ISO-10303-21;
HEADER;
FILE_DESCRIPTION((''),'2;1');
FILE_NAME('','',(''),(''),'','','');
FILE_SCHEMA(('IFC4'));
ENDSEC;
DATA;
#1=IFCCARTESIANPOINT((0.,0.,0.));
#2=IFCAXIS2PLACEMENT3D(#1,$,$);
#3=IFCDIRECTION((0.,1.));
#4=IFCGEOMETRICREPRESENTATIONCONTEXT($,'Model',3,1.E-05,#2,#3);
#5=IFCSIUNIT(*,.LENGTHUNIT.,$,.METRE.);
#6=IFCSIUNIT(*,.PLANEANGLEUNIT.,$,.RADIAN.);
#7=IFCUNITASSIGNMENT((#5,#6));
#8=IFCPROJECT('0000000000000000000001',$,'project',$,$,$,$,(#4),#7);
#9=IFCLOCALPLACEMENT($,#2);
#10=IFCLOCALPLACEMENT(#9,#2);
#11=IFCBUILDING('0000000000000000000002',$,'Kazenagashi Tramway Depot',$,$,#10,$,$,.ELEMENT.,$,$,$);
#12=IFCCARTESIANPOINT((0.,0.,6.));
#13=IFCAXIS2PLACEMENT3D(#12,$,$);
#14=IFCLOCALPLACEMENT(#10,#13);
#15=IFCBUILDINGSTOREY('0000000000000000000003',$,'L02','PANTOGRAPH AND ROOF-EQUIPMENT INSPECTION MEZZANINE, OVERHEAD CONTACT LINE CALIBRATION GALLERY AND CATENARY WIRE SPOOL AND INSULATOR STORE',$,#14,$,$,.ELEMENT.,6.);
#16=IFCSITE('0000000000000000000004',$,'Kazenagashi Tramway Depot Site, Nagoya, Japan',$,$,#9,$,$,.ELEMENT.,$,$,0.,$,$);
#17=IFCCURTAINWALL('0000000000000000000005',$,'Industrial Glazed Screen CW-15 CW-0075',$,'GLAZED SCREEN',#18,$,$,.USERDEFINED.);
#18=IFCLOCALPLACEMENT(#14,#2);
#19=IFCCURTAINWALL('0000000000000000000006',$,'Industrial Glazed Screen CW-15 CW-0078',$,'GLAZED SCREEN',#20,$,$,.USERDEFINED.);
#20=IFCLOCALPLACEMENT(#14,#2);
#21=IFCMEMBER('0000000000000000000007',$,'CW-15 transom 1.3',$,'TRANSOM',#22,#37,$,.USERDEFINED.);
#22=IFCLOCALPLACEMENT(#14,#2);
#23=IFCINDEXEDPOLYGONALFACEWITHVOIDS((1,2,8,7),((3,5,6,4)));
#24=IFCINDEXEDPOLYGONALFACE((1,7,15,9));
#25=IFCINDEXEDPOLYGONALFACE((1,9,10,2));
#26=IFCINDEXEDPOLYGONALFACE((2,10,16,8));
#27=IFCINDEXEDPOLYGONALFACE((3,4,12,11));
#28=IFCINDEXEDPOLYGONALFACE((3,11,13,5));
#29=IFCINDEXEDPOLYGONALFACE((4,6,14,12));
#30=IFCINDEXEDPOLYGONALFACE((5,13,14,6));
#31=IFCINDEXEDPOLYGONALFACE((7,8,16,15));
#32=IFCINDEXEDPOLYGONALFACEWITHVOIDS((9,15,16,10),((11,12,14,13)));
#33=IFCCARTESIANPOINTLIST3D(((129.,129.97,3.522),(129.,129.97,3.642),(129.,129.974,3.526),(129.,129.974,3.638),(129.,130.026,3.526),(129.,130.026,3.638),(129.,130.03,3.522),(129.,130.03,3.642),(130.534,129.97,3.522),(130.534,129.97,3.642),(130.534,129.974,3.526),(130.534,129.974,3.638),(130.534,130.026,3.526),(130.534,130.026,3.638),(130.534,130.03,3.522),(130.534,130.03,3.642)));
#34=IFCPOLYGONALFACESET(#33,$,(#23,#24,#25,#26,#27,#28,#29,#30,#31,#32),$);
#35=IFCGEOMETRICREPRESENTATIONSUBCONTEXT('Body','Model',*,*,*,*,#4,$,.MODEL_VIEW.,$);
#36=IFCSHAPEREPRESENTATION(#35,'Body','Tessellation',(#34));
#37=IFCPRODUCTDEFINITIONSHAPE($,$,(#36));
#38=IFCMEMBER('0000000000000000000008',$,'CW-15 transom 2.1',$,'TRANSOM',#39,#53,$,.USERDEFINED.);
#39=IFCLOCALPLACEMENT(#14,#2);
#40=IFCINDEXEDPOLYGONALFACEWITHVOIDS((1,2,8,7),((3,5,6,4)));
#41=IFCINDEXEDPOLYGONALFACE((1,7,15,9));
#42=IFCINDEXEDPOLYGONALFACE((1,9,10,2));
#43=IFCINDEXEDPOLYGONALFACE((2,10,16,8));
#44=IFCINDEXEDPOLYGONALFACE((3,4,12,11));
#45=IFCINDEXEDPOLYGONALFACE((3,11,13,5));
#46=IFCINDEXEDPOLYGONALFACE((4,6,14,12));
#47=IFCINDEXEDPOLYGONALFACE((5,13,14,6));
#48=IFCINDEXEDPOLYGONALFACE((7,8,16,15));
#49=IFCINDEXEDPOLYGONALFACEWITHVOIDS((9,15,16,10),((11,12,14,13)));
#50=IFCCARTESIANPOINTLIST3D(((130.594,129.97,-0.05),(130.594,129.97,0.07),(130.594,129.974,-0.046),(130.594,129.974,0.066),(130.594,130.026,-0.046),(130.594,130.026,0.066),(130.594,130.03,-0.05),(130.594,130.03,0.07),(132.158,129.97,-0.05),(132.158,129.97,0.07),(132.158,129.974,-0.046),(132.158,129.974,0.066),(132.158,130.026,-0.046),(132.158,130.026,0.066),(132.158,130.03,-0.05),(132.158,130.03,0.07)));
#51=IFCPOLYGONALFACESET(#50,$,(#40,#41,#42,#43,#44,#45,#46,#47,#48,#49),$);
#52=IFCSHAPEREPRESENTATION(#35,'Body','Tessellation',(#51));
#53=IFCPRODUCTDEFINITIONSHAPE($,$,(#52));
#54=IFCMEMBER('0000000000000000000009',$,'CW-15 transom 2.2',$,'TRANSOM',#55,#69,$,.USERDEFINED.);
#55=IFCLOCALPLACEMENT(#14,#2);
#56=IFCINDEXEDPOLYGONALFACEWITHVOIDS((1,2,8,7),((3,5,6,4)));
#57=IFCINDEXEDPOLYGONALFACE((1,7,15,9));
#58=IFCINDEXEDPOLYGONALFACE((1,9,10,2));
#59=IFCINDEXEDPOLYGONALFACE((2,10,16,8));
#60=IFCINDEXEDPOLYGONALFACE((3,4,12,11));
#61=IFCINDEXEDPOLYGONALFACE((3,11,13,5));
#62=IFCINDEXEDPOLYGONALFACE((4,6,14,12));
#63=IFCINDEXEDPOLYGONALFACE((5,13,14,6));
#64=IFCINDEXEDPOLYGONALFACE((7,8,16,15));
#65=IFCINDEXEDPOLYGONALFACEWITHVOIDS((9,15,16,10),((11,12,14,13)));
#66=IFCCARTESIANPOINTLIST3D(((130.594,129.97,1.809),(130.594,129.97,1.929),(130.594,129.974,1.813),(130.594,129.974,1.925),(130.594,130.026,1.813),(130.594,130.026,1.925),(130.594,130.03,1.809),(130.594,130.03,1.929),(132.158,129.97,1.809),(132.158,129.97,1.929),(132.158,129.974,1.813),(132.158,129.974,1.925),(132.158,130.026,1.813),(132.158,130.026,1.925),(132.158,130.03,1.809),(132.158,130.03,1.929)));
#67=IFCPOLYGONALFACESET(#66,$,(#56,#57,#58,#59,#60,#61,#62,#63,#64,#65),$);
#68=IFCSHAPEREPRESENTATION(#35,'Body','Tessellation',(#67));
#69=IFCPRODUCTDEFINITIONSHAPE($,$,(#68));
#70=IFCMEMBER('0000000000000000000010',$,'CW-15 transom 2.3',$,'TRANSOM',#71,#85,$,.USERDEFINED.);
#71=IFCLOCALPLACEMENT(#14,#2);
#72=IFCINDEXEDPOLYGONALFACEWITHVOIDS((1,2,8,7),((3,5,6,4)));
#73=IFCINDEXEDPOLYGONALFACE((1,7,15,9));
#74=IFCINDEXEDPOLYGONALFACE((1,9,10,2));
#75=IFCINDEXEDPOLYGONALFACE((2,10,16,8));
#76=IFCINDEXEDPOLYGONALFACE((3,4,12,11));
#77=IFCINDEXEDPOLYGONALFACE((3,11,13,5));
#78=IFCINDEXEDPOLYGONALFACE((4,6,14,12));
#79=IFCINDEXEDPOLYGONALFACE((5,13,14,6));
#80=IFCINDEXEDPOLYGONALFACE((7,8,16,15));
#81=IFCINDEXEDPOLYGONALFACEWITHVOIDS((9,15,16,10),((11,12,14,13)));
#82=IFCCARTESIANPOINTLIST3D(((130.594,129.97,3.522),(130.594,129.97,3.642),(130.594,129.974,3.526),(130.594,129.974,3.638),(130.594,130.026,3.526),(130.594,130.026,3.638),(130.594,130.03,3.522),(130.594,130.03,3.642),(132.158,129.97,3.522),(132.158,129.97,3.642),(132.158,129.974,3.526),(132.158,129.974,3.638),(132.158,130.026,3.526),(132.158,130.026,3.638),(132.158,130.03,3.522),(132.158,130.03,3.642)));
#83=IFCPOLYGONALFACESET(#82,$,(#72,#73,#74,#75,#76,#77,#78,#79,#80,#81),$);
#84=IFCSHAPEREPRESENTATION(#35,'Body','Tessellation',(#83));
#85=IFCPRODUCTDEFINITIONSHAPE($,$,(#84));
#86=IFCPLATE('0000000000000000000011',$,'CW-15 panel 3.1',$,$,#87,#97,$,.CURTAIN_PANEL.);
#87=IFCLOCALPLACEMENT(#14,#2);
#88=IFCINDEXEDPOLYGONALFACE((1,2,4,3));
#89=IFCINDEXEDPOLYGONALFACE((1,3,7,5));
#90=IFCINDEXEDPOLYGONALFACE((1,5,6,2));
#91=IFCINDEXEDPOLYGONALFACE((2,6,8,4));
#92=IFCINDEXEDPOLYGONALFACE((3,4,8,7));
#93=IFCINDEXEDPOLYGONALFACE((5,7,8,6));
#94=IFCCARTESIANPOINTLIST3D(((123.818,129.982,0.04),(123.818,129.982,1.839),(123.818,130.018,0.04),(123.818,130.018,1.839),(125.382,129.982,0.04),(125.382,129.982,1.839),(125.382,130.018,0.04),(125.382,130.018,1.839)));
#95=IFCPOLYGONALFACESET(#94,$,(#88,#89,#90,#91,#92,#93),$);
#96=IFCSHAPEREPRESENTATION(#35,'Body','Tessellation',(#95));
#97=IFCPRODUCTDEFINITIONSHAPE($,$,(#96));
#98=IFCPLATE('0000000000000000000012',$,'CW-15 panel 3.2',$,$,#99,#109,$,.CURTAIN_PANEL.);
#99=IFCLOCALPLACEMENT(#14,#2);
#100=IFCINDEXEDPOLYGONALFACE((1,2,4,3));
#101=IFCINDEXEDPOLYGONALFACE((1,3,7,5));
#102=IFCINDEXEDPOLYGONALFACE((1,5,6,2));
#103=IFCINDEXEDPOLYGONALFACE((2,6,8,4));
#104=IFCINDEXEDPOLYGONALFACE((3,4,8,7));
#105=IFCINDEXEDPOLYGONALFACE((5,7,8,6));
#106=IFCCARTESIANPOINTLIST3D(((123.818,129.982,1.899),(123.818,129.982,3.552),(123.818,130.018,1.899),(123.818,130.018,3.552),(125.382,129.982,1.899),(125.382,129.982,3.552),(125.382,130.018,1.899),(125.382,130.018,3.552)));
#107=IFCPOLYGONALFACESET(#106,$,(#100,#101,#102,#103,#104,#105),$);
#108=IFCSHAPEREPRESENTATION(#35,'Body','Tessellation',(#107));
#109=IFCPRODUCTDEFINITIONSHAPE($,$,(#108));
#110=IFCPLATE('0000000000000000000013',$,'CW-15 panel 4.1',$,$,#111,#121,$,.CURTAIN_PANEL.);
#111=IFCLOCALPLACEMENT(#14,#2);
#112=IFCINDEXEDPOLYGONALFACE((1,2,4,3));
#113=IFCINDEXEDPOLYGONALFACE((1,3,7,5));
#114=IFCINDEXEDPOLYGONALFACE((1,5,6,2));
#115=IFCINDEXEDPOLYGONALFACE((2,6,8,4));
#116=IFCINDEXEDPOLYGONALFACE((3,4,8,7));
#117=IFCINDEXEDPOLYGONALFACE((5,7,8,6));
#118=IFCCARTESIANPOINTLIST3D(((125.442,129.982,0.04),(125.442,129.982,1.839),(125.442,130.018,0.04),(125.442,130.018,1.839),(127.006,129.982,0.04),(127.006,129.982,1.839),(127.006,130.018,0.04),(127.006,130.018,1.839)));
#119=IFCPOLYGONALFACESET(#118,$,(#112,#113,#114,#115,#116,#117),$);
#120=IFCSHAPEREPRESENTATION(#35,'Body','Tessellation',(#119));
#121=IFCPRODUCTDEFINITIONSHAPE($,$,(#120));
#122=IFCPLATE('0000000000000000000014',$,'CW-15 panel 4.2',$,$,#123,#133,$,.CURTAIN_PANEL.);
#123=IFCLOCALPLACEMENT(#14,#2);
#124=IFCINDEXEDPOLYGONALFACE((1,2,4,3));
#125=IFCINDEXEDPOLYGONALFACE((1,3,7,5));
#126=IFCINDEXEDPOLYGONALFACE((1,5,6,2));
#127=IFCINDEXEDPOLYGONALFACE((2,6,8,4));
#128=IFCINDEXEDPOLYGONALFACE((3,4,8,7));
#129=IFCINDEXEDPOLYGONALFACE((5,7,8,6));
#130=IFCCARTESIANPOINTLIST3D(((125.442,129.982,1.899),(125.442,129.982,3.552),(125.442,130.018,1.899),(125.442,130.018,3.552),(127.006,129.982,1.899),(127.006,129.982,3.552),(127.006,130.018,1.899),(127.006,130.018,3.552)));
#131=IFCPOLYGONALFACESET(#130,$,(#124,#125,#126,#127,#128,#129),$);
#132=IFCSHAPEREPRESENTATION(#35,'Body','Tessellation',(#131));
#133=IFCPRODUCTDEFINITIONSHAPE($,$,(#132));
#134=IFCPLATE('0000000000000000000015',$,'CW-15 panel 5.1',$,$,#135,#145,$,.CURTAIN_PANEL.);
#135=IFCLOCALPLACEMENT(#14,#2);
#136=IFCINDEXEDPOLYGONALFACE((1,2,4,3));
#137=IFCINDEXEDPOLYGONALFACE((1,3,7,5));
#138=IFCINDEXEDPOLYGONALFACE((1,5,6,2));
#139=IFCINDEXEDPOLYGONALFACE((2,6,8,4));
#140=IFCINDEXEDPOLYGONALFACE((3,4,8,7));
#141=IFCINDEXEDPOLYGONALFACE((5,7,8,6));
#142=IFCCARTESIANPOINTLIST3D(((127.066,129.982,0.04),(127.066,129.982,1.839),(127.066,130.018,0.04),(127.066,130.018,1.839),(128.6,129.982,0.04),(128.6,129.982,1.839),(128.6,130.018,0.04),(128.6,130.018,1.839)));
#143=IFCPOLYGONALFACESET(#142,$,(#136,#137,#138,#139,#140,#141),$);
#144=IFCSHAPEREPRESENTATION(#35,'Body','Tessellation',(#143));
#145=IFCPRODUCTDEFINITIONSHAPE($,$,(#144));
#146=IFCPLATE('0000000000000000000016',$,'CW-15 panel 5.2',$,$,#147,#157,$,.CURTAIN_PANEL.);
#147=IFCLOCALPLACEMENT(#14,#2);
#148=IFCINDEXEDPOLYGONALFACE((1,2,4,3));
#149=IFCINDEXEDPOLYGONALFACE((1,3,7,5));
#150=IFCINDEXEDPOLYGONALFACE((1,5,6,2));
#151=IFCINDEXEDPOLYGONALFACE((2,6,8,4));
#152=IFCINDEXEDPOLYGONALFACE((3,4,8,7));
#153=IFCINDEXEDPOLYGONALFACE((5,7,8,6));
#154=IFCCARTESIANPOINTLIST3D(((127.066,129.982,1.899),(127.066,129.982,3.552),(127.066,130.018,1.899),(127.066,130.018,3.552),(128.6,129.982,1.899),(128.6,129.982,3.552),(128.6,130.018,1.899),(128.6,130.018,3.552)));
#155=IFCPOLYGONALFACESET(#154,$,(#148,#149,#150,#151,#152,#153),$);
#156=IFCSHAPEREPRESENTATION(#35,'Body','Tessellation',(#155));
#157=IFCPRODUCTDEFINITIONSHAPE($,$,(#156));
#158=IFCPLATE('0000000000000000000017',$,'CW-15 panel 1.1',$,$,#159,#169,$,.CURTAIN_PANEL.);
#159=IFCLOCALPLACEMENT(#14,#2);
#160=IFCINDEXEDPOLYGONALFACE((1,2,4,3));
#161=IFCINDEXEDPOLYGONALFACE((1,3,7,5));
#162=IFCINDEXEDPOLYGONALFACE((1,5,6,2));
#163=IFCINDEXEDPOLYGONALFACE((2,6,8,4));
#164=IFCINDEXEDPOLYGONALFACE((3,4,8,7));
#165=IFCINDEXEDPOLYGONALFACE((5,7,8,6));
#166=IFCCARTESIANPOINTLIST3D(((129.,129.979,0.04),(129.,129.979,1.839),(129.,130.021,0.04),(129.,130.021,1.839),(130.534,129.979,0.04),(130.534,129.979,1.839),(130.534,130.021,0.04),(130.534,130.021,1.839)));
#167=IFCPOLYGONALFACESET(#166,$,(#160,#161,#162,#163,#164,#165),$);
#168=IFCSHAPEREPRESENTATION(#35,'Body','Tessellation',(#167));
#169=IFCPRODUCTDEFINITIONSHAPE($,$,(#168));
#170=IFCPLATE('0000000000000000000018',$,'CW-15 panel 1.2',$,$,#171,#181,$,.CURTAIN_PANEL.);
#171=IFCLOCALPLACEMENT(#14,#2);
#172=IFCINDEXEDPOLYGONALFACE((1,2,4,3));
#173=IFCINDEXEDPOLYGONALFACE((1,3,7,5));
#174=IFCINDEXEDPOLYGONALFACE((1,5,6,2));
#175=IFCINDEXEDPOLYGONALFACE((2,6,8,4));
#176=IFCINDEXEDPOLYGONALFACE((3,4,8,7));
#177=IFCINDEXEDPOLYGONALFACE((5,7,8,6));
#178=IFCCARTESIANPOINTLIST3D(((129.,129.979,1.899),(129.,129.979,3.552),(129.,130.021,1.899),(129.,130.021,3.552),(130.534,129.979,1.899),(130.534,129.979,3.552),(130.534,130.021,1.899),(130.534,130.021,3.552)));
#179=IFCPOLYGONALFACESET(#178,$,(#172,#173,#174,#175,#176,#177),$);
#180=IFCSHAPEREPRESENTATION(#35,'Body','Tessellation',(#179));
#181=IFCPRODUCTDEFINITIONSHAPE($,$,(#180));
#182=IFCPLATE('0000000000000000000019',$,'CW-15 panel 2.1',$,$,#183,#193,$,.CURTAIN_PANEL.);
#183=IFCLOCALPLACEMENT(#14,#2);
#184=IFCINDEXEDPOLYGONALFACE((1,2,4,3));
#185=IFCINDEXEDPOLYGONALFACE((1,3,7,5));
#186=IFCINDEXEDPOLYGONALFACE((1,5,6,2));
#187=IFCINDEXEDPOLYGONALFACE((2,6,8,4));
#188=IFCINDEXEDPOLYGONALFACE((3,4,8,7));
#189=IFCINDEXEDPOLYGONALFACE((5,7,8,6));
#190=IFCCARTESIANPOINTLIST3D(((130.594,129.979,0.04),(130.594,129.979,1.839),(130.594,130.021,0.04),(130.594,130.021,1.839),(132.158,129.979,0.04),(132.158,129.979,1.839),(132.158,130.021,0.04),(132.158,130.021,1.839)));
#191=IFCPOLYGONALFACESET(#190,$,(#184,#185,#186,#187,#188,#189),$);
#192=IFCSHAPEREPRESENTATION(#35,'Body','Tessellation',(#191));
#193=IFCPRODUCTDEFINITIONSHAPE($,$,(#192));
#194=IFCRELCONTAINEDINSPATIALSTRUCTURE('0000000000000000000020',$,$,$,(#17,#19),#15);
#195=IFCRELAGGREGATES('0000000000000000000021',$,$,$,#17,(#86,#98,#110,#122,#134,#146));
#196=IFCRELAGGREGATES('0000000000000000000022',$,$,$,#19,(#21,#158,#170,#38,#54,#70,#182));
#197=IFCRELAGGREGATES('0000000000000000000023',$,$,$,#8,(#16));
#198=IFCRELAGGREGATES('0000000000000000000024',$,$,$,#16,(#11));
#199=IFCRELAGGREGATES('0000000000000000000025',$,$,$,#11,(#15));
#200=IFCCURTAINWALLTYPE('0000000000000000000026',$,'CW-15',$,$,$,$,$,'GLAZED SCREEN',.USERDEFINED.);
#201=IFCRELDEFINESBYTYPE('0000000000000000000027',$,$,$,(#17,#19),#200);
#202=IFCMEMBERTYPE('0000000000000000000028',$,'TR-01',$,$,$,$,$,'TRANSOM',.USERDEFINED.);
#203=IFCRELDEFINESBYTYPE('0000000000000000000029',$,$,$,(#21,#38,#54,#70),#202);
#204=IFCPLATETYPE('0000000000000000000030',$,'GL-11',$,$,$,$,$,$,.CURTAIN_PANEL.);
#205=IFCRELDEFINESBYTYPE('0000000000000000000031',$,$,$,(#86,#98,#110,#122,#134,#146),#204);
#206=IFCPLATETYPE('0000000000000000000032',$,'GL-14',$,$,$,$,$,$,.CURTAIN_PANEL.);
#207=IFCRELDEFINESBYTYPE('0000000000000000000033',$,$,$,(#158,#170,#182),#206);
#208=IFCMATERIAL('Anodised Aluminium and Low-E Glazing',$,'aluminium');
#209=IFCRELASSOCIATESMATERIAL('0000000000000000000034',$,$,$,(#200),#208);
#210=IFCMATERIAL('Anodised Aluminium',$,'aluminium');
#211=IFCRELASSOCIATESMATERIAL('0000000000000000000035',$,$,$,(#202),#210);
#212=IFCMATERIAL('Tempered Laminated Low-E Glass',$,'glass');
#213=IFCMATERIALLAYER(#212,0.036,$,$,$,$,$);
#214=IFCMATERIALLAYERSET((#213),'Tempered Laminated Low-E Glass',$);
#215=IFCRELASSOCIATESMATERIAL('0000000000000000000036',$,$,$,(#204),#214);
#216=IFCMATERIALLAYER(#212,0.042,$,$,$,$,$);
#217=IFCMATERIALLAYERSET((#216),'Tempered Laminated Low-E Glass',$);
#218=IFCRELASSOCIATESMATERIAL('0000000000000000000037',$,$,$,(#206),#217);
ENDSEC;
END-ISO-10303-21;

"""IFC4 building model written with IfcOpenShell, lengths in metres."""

from ifc_helpers import new_model, si_unit, direction, frame, origin, origin_2d, place, context, subcontext, project, spatial, rectangle, hollow_rectangle, extrude, material, layer, layer_set, material_profile, profile_set, type_object, element, aggregate, save


model = new_model("IFC4")

# Units and contexts
model_context = context("Model", 3, precision=1e-05, world=origin(), true_north=direction((0.0, 1.0)))
body_context = subcontext(model_context, "Body", "Model", "MODEL_VIEW")
ifc_project = project(units=[si_unit("LENGTHUNIT", "METRE"), si_unit("PLANEANGLEUNIT", "RADIAN")], contexts=[model_context])

# Site, building, storey
site_placement = place(None, origin())
site = spatial("IfcSite", under=ifc_project, at=site_placement, Name="Kazenagashi Tramway Depot Site, Nagoya, Japan", CompositionType="ELEMENT", RefElevation=0.0)
building_placement = place(site_placement, origin())
building = spatial("IfcBuilding", under=site, at=building_placement, Name="Kazenagashi Tramway Depot", CompositionType="ELEMENT")
storey_placement = place(building_placement, frame((0.0, 0.0, 6.0)))
storey = spatial("IfcBuildingStorey", under=building, at=storey_placement, Name="L02", Description="PANTOGRAPH AND ROOF-EQUIPMENT INSPECTION MEZZANINE, OVERHEAD CONTACT LINE CALIBRATION GALLERY AND CATENARY WIRE SPOOL AND INSULATOR STORE", CompositionType="ELEMENT", Elevation=6.0)

# Curtain walls
ifc_material_1 = material(Name="Anodised Aluminium and Low-E Glazing", Category="aluminium")
curtain_wall_type = type_object("IfcCurtainWallType", Name="CW-15", ElementType="GLAZED SCREEN", PredefinedType="USERDEFINED", material=ifc_material_1)
curtain_wall_1_placement = place(storey_placement, origin())
curtain_wall_1 = element("IfcCurtainWall", 1, at=curtain_wall_1_placement, inside=storey, type_object=curtain_wall_type, Name="Industrial Glazed Screen CW-15 CW-0075", ObjectType="GLAZED SCREEN", PredefinedType="USERDEFINED")
ifc_material_2 = material(Name="Anodised Aluminium", Category="aluminium")
curtain_wall_2_placement = place(storey_placement, origin())
curtain_wall_2 = element("IfcCurtainWall", 2, at=curtain_wall_2_placement, inside=storey, type_object=curtain_wall_type, Name="Industrial Glazed Screen CW-15 CW-0078", ObjectType="GLAZED SCREEN", PredefinedType="USERDEFINED")

# Members
ifc_material_profile_1 = material_profile(ifc_material_2, hollow_rectangle(XDim=0.06, YDim=0.12, WallThickness=0.004, at=origin_2d()), Name="RHS-120x60x4")
ifc_profile_set_1 = profile_set([ifc_material_profile_1], Name="Anodised Aluminium")
member_type_1 = type_object("IfcMemberType", Name="TR-01", ElementType="TRANSOM", PredefinedType="USERDEFINED", material=ifc_profile_set_1)
member_1_placement = place(storey_placement, frame((129.0, 130.0, 3.582), z_axis=(1.0, 0.0, 0.0), x_axis=(0.0, 1.0, 0.0)))
member_1 = element("IfcMember", 3, at=member_1_placement, type_object=member_type_1, Name="CW-15 transom 1.3", ObjectType="TRANSOM", PredefinedType="USERDEFINED", context=body_context, shape_type="SweptSolid", body=[
    extrude(hollow_rectangle(XDim=0.06, YDim=0.12, WallThickness=0.004, at=origin_2d()), origin(), (0.0, 0.0, 1.0), 1.534),
])
member_2_placement = place(storey_placement, frame((130.594, 130.0, 0.01), z_axis=(1.0, 0.0, 0.0), x_axis=(0.0, 1.0, 0.0)))
member_2 = element("IfcMember", 4, at=member_2_placement, type_object=member_type_1, Name="CW-15 transom 2.1", ObjectType="TRANSOM", PredefinedType="USERDEFINED", context=body_context, shape_type="SweptSolid", body=[
    extrude(hollow_rectangle(XDim=0.06, YDim=0.12, WallThickness=0.004, at=origin_2d()), origin(), (0.0, 0.0, 1.0), 1.564),
])
member_3_placement = place(storey_placement, frame((130.594, 130.0, 1.869), z_axis=(1.0, 0.0, 0.0), x_axis=(0.0, 1.0, 0.0)))
member_3 = element("IfcMember", 5, at=member_3_placement, type_object=member_type_1, Name="CW-15 transom 2.2", ObjectType="TRANSOM", PredefinedType="USERDEFINED", context=body_context, shape_type="SweptSolid", body=[
    extrude(hollow_rectangle(XDim=0.06, YDim=0.12, WallThickness=0.004, at=origin_2d()), origin(), (0.0, 0.0, 1.0), 1.564),
])
member_4_placement = place(storey_placement, frame((130.594, 130.0, 3.582), z_axis=(1.0, 0.0, 0.0), x_axis=(0.0, 1.0, 0.0)))
member_4 = element("IfcMember", 6, at=member_4_placement, type_object=member_type_1, Name="CW-15 transom 2.3", ObjectType="TRANSOM", PredefinedType="USERDEFINED", context=body_context, shape_type="SweptSolid", body=[
    extrude(hollow_rectangle(XDim=0.06, YDim=0.12, WallThickness=0.004, at=origin_2d()), origin(), (0.0, 0.0, 1.0), 1.564),
])

# Plates
ifc_material_3 = material(Name="Tempered Laminated Low-E Glass", Category="glass")
ifc_layer_1 = layer(ifc_material_3, 0.036)
ifc_layer_set_1 = layer_set([ifc_layer_1], Name="Tempered Laminated Low-E Glass")
plate_type_1 = type_object("IfcPlateType", Name="GL-11", PredefinedType="CURTAIN_PANEL", material=ifc_layer_set_1)
plate_1_placement = place(storey_placement, frame((124.6, 130.0, 0.04), z_axis=(0.0, 0.0, 1.0), x_axis=(1.0, 0.0, 0.0)))
plate_1 = element("IfcPlate", 7, at=plate_1_placement, type_object=plate_type_1, Name="CW-15 panel 3.1", PredefinedType="CURTAIN_PANEL", context=body_context, shape_type="SweptSolid", body=[
    extrude(rectangle(XDim=1.564, YDim=0.036, at=origin_2d()), origin(), (0.0, 0.0, 1.0), 1.799),
])
plate_2_placement = place(storey_placement, frame((124.6, 130.0, 1.899), z_axis=(0.0, 0.0, 1.0), x_axis=(1.0, 0.0, 0.0)))
plate_2 = element("IfcPlate", 8, at=plate_2_placement, type_object=plate_type_1, Name="CW-15 panel 3.2", PredefinedType="CURTAIN_PANEL", context=body_context, shape_type="SweptSolid", body=[
    extrude(rectangle(XDim=1.564, YDim=0.036, at=origin_2d()), origin(), (0.0, 0.0, 1.0), 1.653),
])
plate_3_placement = place(storey_placement, frame((126.224, 130.0, 0.04), z_axis=(0.0, 0.0, 1.0), x_axis=(1.0, 0.0, 0.0)))
plate_3 = element("IfcPlate", 9, at=plate_3_placement, type_object=plate_type_1, Name="CW-15 panel 4.1", PredefinedType="CURTAIN_PANEL", context=body_context, shape_type="SweptSolid", body=[
    extrude(rectangle(XDim=1.564, YDim=0.036, at=origin_2d()), origin(), (0.0, 0.0, 1.0), 1.799),
])
plate_4_placement = place(storey_placement, frame((126.224, 130.0, 1.899), z_axis=(0.0, 0.0, 1.0), x_axis=(1.0, 0.0, 0.0)))
plate_4 = element("IfcPlate", 10, at=plate_4_placement, type_object=plate_type_1, Name="CW-15 panel 4.2", PredefinedType="CURTAIN_PANEL", context=body_context, shape_type="SweptSolid", body=[
    extrude(rectangle(XDim=1.564, YDim=0.036, at=origin_2d()), origin(), (0.0, 0.0, 1.0), 1.653),
])
plate_5_placement = place(storey_placement, frame((127.833, 130.0, 0.04), z_axis=(0.0, 0.0, 1.0), x_axis=(1.0, 0.0, 0.0)))
plate_5 = element("IfcPlate", 11, at=plate_5_placement, type_object=plate_type_1, Name="CW-15 panel 5.1", PredefinedType="CURTAIN_PANEL", context=body_context, shape_type="SweptSolid", body=[
    extrude(rectangle(XDim=1.534, YDim=0.036, at=origin_2d()), origin(), (0.0, 0.0, 1.0), 1.799),
])
plate_6_placement = place(storey_placement, frame((127.833, 130.0, 1.899), z_axis=(0.0, 0.0, 1.0), x_axis=(1.0, 0.0, 0.0)))
plate_6 = element("IfcPlate", 12, at=plate_6_placement, type_object=plate_type_1, Name="CW-15 panel 5.2", PredefinedType="CURTAIN_PANEL", context=body_context, shape_type="SweptSolid", body=[
    extrude(rectangle(XDim=1.534, YDim=0.036, at=origin_2d()), origin(), (0.0, 0.0, 1.0), 1.653),
])
aggregate(curtain_wall_1, [plate_1, plate_2, plate_3, plate_4, plate_5, plate_6])
ifc_layer_2 = layer(ifc_material_3, 0.042)
ifc_layer_set_2 = layer_set([ifc_layer_2], Name="Tempered Laminated Low-E Glass")
plate_type_2 = type_object("IfcPlateType", Name="GL-14", PredefinedType="CURTAIN_PANEL", material=ifc_layer_set_2)
plate_7_placement = place(storey_placement, frame((129.767, 130.0, 0.04), z_axis=(0.0, 0.0, 1.0), x_axis=(1.0, 0.0, 0.0)))
plate_7 = element("IfcPlate", 13, at=plate_7_placement, type_object=plate_type_2, Name="CW-15 panel 1.1", PredefinedType="CURTAIN_PANEL", context=body_context, shape_type="SweptSolid", body=[
    extrude(rectangle(XDim=1.534, YDim=0.042, at=origin_2d()), origin(), (0.0, 0.0, 1.0), 1.799),
])
plate_8_placement = place(storey_placement, frame((129.767, 130.0, 1.899), z_axis=(0.0, 0.0, 1.0), x_axis=(1.0, 0.0, 0.0)))
plate_8 = element("IfcPlate", 14, at=plate_8_placement, type_object=plate_type_2, Name="CW-15 panel 1.2", PredefinedType="CURTAIN_PANEL", context=body_context, shape_type="SweptSolid", body=[
    extrude(rectangle(XDim=1.534, YDim=0.042, at=origin_2d()), origin(), (0.0, 0.0, 1.0), 1.653),
])
plate_9_placement = place(storey_placement, frame((131.376, 130.0, 0.04), z_axis=(0.0, 0.0, 1.0), x_axis=(1.0, 0.0, 0.0)))
plate_9 = element("IfcPlate", 15, at=plate_9_placement, type_object=plate_type_2, Name="CW-15 panel 2.1", PredefinedType="CURTAIN_PANEL", context=body_context, shape_type="SweptSolid", body=[
    extrude(rectangle(XDim=1.564, YDim=0.042, at=origin_2d()), origin(), (0.0, 0.0, 1.0), 1.799),
])
aggregate(curtain_wall_2, [member_1, plate_7, plate_8, member_2, member_3, member_4, plate_9])

save(model, "model.ifc")
